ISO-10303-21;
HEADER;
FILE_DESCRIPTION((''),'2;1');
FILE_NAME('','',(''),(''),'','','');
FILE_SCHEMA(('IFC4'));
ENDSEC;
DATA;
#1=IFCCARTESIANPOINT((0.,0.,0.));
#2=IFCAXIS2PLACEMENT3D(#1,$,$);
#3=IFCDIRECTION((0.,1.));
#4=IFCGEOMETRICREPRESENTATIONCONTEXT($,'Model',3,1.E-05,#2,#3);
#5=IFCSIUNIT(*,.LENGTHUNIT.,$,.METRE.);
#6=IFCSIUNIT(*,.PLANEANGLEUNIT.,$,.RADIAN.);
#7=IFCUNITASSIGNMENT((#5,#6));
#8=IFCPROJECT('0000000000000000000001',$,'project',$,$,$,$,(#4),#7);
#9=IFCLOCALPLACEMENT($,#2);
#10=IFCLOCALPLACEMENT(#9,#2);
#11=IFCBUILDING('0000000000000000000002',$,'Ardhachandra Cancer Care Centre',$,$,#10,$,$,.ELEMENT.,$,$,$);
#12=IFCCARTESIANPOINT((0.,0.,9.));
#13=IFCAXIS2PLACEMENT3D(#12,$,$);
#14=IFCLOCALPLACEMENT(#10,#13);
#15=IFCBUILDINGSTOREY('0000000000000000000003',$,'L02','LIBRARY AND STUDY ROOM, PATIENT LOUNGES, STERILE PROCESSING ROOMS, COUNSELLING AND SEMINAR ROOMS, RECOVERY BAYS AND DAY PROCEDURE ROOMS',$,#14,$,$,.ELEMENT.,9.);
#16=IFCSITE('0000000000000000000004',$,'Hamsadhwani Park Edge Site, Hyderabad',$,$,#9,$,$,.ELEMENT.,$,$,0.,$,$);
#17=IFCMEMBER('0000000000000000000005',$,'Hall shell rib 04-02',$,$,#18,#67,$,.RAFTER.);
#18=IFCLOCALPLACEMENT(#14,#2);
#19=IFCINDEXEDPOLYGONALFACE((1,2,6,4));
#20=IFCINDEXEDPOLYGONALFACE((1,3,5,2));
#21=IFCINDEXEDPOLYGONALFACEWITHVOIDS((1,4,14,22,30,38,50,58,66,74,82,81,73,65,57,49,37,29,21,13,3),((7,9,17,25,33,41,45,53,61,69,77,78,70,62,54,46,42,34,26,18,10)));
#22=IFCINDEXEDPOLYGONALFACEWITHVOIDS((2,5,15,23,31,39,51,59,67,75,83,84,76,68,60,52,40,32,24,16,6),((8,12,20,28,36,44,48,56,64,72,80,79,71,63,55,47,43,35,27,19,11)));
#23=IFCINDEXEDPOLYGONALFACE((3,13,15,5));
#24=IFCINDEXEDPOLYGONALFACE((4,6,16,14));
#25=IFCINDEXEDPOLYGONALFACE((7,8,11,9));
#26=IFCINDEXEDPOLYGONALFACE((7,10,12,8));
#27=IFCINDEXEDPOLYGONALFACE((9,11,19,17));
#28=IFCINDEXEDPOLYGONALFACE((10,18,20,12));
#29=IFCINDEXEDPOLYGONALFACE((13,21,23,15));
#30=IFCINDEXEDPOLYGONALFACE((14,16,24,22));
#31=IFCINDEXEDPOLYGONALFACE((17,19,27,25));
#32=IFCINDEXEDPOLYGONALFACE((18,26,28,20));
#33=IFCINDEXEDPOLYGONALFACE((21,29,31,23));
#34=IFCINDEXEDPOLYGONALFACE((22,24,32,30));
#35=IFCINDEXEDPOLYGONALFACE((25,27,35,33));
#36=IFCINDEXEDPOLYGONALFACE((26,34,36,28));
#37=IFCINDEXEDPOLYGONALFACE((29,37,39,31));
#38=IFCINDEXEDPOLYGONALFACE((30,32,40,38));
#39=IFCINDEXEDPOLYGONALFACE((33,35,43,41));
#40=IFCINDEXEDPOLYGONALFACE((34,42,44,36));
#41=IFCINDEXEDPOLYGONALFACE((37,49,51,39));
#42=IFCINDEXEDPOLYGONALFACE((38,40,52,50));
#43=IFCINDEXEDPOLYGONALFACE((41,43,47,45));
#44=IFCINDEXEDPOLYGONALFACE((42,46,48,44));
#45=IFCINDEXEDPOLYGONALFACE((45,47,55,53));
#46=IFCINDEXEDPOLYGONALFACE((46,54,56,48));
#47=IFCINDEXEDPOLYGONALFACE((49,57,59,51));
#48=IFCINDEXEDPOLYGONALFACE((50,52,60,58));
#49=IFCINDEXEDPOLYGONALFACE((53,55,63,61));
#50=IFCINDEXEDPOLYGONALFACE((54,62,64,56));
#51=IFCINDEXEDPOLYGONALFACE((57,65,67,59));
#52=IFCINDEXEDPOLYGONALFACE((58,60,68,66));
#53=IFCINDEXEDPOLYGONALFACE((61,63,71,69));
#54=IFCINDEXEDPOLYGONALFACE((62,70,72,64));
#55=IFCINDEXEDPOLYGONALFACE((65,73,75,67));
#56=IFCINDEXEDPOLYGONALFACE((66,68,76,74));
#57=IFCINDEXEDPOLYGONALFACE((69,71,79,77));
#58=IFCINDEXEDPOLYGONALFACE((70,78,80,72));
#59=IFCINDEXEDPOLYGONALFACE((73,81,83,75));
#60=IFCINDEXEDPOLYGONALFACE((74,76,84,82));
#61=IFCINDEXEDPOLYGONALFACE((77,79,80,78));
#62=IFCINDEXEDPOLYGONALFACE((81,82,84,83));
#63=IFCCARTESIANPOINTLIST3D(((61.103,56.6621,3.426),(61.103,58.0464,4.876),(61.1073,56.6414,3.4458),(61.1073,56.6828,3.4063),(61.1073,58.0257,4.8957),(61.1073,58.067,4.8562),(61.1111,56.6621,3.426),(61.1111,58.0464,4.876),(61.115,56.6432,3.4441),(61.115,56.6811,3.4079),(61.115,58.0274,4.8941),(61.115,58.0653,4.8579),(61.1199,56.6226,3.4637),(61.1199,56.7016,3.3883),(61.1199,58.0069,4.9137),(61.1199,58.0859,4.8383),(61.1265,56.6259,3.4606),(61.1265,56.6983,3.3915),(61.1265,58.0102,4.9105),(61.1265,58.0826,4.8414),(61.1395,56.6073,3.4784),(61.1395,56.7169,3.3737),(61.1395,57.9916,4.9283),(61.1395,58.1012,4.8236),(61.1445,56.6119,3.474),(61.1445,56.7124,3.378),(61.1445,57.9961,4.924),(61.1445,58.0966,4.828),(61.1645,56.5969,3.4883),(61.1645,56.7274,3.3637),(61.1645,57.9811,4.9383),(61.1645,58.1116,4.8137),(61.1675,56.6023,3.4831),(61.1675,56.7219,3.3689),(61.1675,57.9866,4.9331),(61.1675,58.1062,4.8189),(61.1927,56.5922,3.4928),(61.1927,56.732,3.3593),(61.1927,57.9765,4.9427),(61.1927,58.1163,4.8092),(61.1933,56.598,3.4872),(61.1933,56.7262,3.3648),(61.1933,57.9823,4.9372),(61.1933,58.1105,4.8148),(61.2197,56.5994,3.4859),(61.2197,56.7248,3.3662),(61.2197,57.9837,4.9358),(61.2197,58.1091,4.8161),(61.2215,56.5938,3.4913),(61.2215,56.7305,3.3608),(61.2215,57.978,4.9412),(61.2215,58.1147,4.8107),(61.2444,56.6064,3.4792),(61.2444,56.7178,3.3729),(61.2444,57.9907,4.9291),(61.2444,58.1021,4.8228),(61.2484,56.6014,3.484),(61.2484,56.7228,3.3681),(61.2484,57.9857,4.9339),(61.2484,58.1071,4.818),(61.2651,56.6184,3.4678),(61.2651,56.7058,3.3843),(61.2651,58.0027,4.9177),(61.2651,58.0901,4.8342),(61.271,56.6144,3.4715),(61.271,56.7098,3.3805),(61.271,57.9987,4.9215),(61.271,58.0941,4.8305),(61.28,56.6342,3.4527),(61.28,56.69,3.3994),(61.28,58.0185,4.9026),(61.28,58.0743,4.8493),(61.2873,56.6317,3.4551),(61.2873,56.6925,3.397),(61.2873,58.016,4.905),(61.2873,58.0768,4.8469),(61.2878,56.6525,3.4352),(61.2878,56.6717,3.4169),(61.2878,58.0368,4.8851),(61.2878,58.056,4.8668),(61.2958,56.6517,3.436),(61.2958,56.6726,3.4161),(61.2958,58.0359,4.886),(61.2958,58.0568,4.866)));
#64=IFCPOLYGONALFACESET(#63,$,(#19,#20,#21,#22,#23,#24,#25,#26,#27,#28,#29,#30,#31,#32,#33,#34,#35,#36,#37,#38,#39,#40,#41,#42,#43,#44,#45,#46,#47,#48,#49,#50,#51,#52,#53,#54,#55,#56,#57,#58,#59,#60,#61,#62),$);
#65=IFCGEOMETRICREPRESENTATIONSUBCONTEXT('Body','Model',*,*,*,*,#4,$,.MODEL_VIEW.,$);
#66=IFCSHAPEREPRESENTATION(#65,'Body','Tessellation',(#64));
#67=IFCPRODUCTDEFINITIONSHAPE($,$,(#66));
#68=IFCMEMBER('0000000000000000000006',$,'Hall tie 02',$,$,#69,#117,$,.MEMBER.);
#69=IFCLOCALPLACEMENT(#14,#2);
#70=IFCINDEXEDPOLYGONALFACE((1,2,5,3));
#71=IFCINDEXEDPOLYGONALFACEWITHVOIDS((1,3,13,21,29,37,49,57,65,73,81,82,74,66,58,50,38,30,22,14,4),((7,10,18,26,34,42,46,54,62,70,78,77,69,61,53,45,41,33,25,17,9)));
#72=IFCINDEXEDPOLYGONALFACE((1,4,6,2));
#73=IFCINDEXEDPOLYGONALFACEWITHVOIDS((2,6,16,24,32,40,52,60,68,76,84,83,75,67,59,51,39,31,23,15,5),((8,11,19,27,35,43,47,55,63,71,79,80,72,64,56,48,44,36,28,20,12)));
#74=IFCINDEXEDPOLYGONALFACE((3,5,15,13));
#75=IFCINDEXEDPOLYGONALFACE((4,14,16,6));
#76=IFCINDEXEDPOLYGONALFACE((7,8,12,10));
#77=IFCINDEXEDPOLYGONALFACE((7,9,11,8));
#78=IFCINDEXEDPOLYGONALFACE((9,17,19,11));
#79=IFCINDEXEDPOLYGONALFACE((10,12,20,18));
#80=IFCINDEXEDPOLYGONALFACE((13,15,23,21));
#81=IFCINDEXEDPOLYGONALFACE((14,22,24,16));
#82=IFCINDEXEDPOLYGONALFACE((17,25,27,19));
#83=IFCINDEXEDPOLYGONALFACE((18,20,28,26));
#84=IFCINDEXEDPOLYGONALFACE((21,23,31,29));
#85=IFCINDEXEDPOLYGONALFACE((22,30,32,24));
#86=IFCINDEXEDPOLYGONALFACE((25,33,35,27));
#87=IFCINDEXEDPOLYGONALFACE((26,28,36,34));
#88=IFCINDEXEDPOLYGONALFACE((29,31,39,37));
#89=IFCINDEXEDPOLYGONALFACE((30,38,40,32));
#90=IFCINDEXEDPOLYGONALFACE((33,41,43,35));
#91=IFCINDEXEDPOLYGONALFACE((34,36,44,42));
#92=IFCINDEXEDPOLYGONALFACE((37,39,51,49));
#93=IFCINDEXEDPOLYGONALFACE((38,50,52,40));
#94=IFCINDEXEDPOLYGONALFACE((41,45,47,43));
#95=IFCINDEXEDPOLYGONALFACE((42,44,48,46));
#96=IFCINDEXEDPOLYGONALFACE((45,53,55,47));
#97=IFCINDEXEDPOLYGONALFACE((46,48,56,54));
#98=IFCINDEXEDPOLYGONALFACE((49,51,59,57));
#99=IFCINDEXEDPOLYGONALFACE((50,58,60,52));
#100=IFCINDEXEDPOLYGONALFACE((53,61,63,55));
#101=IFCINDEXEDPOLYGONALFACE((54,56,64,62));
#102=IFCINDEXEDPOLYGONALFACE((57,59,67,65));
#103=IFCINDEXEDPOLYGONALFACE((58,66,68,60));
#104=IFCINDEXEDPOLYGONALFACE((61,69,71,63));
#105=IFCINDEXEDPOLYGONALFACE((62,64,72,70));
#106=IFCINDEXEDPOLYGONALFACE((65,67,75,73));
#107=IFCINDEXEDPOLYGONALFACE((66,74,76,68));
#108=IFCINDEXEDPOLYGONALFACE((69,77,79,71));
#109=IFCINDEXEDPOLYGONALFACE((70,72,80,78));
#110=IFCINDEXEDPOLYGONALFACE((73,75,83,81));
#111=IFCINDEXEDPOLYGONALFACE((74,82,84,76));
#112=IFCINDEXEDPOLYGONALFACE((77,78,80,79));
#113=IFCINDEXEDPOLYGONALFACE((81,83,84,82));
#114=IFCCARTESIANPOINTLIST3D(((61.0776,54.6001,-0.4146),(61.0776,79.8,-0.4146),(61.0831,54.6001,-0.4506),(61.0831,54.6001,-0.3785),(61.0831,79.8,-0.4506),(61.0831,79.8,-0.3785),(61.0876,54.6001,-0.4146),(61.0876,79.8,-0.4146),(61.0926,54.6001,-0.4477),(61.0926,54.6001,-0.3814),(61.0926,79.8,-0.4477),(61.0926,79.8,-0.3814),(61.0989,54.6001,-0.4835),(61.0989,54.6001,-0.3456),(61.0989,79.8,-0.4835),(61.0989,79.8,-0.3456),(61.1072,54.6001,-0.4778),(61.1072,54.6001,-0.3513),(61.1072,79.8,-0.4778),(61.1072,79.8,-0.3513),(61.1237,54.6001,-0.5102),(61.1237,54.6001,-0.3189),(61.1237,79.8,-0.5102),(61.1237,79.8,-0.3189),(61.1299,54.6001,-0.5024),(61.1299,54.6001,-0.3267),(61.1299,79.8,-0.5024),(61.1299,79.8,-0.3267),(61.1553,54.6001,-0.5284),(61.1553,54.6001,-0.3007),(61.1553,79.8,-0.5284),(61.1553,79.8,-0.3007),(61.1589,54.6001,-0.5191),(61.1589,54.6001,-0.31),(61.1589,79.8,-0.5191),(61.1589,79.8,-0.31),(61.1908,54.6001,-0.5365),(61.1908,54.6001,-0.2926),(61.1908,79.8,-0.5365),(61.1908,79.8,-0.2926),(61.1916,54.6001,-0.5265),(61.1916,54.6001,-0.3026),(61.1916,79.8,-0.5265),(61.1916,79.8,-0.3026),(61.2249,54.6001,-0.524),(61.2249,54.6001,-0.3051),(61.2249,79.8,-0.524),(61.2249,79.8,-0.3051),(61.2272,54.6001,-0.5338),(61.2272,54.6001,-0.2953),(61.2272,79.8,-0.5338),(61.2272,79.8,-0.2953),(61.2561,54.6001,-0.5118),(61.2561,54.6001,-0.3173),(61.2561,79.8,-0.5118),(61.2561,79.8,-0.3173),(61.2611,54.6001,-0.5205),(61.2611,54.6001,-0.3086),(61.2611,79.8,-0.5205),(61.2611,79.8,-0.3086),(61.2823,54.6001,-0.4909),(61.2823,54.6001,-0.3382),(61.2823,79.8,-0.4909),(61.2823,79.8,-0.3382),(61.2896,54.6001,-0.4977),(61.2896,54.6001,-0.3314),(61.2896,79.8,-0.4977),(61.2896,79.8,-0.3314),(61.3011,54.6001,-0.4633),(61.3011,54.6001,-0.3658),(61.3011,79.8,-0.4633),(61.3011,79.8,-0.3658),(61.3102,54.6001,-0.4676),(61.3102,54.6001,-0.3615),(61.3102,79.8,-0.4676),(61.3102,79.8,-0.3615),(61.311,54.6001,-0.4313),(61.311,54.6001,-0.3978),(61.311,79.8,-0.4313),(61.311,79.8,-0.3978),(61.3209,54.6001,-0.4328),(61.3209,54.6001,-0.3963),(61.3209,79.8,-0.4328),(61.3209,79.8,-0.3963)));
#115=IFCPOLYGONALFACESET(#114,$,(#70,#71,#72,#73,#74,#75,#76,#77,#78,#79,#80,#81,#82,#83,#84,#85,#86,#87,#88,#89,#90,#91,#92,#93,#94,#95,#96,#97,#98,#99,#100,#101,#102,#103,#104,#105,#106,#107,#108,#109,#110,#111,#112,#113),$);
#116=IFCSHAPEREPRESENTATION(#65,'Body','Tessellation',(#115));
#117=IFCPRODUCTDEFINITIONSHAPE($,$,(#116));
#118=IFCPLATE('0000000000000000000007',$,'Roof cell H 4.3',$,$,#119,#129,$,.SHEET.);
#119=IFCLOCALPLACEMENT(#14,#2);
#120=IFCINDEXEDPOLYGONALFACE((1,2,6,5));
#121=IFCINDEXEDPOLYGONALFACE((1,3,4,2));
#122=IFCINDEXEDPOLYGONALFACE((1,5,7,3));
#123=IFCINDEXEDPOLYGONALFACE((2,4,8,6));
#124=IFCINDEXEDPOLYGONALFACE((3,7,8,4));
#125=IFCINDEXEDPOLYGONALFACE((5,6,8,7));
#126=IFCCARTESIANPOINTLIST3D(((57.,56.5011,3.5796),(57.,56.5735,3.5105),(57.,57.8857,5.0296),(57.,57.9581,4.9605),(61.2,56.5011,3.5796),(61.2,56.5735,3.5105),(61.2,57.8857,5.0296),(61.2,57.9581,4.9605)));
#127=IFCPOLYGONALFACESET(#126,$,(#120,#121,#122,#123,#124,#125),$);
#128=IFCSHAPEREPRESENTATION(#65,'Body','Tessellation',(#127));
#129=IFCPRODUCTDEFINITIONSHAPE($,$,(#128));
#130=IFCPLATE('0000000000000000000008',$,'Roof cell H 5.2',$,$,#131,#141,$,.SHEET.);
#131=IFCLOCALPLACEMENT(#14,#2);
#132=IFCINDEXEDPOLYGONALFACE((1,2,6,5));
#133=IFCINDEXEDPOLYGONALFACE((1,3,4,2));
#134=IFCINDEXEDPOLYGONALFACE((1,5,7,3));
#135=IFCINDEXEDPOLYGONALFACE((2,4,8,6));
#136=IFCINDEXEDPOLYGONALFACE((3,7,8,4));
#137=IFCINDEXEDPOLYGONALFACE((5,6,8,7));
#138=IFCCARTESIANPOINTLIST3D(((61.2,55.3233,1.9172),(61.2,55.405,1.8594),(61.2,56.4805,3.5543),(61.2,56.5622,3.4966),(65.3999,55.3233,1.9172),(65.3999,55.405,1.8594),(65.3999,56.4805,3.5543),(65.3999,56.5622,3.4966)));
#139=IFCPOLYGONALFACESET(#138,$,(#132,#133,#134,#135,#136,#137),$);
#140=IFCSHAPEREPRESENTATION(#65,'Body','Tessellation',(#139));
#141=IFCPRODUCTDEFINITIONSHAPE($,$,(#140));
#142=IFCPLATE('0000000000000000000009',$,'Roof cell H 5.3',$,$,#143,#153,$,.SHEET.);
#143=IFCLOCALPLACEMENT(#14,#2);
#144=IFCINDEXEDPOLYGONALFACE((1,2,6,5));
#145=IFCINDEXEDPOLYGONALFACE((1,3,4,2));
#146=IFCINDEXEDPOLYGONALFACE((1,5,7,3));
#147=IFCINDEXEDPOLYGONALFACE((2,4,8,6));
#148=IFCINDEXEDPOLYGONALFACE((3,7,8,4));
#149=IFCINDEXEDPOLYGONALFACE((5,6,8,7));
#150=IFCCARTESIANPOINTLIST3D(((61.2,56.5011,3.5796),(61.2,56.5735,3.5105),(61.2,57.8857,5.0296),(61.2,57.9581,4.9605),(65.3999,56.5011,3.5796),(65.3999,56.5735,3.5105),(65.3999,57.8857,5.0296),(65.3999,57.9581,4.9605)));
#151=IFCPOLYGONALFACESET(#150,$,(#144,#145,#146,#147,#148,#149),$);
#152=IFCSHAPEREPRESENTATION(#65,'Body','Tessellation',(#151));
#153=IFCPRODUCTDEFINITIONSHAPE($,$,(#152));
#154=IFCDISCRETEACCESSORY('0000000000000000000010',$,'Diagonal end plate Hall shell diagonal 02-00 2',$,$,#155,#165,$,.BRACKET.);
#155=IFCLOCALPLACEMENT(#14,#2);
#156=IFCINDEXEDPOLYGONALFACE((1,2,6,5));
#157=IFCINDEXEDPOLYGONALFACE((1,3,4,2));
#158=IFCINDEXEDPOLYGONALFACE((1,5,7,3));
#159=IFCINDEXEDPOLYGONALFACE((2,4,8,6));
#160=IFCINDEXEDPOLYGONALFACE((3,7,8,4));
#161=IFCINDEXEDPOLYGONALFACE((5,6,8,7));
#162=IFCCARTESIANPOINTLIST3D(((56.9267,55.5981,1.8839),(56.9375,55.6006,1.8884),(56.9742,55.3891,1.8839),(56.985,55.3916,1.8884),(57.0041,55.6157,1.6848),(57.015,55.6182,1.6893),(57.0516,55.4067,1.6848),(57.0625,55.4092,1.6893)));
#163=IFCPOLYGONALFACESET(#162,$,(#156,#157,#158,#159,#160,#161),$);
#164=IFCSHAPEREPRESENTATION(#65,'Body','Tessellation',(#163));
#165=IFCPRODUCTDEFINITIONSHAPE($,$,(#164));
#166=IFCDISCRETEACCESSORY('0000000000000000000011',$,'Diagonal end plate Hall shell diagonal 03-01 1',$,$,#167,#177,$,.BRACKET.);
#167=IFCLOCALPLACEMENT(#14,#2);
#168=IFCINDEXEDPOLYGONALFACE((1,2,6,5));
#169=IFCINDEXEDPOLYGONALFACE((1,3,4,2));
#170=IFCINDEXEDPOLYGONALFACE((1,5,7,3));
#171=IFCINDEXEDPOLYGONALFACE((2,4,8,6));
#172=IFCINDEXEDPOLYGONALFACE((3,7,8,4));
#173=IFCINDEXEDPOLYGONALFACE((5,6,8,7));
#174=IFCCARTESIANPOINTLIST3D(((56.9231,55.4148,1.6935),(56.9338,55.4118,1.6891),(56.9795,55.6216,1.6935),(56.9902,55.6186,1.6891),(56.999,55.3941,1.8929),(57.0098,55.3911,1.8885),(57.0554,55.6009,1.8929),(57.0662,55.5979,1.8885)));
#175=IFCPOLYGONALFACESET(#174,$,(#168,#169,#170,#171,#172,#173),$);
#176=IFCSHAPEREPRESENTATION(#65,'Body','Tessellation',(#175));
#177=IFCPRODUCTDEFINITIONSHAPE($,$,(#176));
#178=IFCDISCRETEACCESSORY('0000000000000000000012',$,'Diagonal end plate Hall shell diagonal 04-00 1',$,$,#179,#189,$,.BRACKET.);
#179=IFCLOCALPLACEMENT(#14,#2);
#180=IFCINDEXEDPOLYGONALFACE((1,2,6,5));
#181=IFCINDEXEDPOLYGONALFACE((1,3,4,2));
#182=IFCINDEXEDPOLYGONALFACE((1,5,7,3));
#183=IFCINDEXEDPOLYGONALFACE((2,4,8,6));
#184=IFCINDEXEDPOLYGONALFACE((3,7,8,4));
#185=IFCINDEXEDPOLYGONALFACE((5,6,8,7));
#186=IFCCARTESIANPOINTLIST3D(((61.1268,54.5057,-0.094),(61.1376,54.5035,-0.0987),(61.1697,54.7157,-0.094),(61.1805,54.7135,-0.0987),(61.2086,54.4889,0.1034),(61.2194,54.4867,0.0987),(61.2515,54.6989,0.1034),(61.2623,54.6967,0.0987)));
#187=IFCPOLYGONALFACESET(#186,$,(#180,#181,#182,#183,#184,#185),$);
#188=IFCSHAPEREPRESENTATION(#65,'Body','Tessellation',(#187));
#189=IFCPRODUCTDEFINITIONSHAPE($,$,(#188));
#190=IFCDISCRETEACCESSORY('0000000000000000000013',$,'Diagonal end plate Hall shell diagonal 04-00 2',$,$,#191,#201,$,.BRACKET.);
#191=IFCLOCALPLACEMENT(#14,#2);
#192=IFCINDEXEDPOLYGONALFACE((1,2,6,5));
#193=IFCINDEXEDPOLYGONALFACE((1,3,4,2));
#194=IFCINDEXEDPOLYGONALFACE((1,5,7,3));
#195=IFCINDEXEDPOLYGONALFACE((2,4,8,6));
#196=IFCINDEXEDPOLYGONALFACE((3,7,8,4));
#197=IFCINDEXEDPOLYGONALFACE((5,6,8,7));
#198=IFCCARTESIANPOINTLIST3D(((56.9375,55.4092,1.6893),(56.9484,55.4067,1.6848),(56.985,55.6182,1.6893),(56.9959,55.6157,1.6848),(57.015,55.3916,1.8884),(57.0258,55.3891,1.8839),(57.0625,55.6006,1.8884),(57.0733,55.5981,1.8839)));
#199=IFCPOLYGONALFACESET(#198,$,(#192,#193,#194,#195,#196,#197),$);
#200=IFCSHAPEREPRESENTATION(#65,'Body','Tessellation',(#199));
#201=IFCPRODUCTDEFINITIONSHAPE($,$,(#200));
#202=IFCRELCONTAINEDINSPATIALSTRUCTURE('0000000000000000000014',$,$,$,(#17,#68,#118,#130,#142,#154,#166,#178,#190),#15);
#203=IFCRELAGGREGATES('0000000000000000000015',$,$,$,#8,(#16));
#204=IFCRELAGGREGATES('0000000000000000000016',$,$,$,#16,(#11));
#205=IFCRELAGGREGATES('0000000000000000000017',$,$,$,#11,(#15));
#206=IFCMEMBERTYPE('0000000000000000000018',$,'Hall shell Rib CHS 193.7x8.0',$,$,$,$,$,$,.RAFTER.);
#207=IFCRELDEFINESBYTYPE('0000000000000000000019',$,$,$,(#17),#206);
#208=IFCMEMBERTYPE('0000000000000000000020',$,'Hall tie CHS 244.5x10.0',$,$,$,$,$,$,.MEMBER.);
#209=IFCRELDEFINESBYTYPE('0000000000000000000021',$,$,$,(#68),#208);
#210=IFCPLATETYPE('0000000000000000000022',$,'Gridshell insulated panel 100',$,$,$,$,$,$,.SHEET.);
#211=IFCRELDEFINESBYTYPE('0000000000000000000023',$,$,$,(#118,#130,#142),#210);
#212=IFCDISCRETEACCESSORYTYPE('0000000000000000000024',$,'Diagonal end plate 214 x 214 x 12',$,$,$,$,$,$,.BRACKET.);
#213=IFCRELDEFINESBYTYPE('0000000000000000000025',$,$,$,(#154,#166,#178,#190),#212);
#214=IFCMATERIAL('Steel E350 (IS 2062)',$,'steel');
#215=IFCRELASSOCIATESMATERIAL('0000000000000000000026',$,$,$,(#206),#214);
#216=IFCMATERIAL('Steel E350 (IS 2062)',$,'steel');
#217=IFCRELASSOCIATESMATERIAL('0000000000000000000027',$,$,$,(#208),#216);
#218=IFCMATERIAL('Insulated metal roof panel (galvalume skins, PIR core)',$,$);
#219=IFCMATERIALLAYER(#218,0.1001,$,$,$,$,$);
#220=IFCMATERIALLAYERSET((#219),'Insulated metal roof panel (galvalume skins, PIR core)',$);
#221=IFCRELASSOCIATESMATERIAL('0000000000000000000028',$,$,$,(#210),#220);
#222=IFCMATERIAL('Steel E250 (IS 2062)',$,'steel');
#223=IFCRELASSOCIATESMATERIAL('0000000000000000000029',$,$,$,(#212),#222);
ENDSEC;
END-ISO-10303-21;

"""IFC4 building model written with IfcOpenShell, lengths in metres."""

from ifc_helpers import new_model, si_unit, direction, frame, origin, origin_2d, place, context, subcontext, project, spatial, polyline, rectangle, hollow_circle, outline, extrude, material, layer, layer_set, material_profile, profile_set, type_object, element, save


model = new_model("IFC4")

# Units and contexts
model_context = context("Model", 3, precision=1e-05, world=origin(), true_north=direction((0.0, 1.0)))
body_context = subcontext(model_context, "Body", "Model", "MODEL_VIEW")
ifc_project = project(units=[si_unit("LENGTHUNIT", "METRE"), si_unit("PLANEANGLEUNIT", "RADIAN")], contexts=[model_context])

# Site, building, storey
site_placement = place(None, origin())
site = spatial("IfcSite", under=ifc_project, at=site_placement, Name="Hamsadhwani Park Edge Site, Hyderabad", CompositionType="ELEMENT", RefElevation=0.0)
building_placement = place(site_placement, origin())
building = spatial("IfcBuilding", under=site, at=building_placement, Name="Ardhachandra Cancer Care Centre", CompositionType="ELEMENT")
storey_placement = place(building_placement, frame((0.0, 0.0, 9.0)))
storey = spatial("IfcBuildingStorey", under=building, at=storey_placement, Name="L02", Description="LIBRARY AND STUDY ROOM, PATIENT LOUNGES, STERILE PROCESSING ROOMS, COUNSELLING AND SEMINAR ROOMS, RECOVERY BAYS AND DAY PROCEDURE ROOMS", CompositionType="ELEMENT", Elevation=9.0)

# Members
ifc_material_1 = material(Name="Steel E350 (IS 2062)", Category="steel")
ifc_material_profile_1 = material_profile(ifc_material_1, hollow_circle(Radius=0.0969, WallThickness=0.0081, at=origin_2d()), Name="CHS 193.7x8.0")
ifc_profile_set_1 = profile_set([ifc_material_profile_1], Name="Steel E350 (IS 2062)")
member_type_1 = type_object("IfcMemberType", Name="Hall shell Rib CHS 193.7x8.0", PredefinedType="RAFTER", material=ifc_profile_set_1)
member_1_placement = place(storey_placement, frame((61.2, 56.6621, 3.426), z_axis=(0.0, 0.690537, 0.723297), x_axis=(-1.0, 0.0, 0.0)))
element("IfcMember", 1, at=member_1_placement, inside=storey, type_object=member_type_1, Name="Hall shell rib 04-02", PredefinedType="RAFTER", context=body_context, shape_type="SweptSolid", body=[
    extrude(hollow_circle(Radius=0.0969, WallThickness=0.0081, at=origin_2d()), origin(), (0.0, 0.0, 1.0), 2.0046),
])
ifc_material_2 = material(Name="Steel E350 (IS 2062)", Category="steel")
ifc_material_profile_2 = material_profile(ifc_material_2, hollow_circle(Radius=0.1223, WallThickness=0.01, at=origin_2d()), Name="CHS 244.5x10.0")
ifc_profile_set_2 = profile_set([ifc_material_profile_2], Name="Steel E350 (IS 2062)")
member_type_2 = type_object("IfcMemberType", Name="Hall tie CHS 244.5x10.0", PredefinedType="MEMBER", material=ifc_profile_set_2)
member_2_placement = place(storey_placement, frame((61.2, 54.6001, -0.4146), z_axis=(0.0, 1.0, 0.0), x_axis=(-1.0, 0.0, 0.0)))
element("IfcMember", 2, at=member_2_placement, inside=storey, type_object=member_type_2, Name="Hall tie 02", PredefinedType="MEMBER", context=body_context, shape_type="SweptSolid", body=[
    extrude(hollow_circle(Radius=0.1223, WallThickness=0.01, at=origin_2d()), origin(), (0.0, 0.0, 1.0), 25.2),
])

# Plates
ifc_material_3 = material(Name="Insulated metal roof panel (galvalume skins, PIR core)")
ifc_layer = layer(ifc_material_3, 0.1001)
ifc_layer_set = layer_set([ifc_layer], Name="Insulated metal roof panel (galvalume skins, PIR core)")
plate_type = type_object("IfcPlateType", Name="Gridshell insulated panel 100", PredefinedType="SHEET", material=ifc_layer_set)
for number, where, z_axis, x_axis, name in (
    (3, (57.0, 56.5735, 3.5105), (0.0, -0.723237, 0.6906), (1.0, 0.0, 0.0), "Roof cell H 4.3"),
    (4, (61.2, 55.405, 1.8594), (0.0, -0.816603, 0.577199), (1.0, 0.0, 0.0), "Roof cell H 5.2"),
    (5, (61.2, 56.5735, 3.5105), (0.0, -0.723237, 0.6906), (1.0, 0.0, 0.0), "Roof cell H 5.3"),
):
    element("IfcPlate", number, at=place(storey_placement, frame(where, z_axis=z_axis, x_axis=x_axis)), inside=storey, type_object=plate_type, Name=name, PredefinedType="SHEET", context=body_context, shape_type="SweptSolid", body=[
        extrude(outline(polyline([(0.0, 0.0), (4.2, 0.0), (4.2, 2.0049), (0.0, 2.0049), (0.0, 0.0)])), origin(), (0.0, 0.0, 1.0), 0.1001),
    ])

# Discrete accessories
ifc_material_4 = material(Name="Steel E250 (IS 2062)", Category="steel")
ifc_material_profile_3 = material_profile(ifc_material_4, rectangle(XDim=0.2144, YDim=0.2144, at=origin_2d()), Name="PL 214x214x12")
ifc_profile_set_3 = profile_set([ifc_material_profile_3], Name="Steel E250 (IS 2062)")
discrete_accessory_type = type_object("IfcDiscreteAccessoryType", Name="Diagonal end plate 214 x 214 x 12", PredefinedType="BRACKET", material=ifc_profile_set_3)
for number, where, z_axis, x_axis, name in (
    (6, (57.0, 55.5049, 1.7888), (-0.905726, -0.205847, -0.370524), (0.221621, -0.975133, 0.0), "Diagonal end plate Hall shell diagonal 02-00 2"),
    (7, (57.0, 55.5049, 1.7888), (-0.897399, 0.244745, 0.367118), (-0.263117, -0.964764, 0.0), "Diagonal end plate Hall shell diagonal 03-01 1"),
    (8, (61.2, 54.6001, 0.0), (-0.902291, 0.18456, 0.389626), (-0.200396, -0.979715, 0.0), "Diagonal end plate Hall shell diagonal 04-00 1"),
    (9, (57.0, 55.5049, 1.7888), (0.905726, -0.205847, -0.370524), (0.221621, 0.975133, 0.0), "Diagonal end plate Hall shell diagonal 04-00 2"),
):
    element("IfcDiscreteAccessory", number, at=place(storey_placement, frame(where, z_axis=z_axis, x_axis=x_axis)), inside=storey, type_object=discrete_accessory_type, Name=name, PredefinedType="BRACKET", context=body_context, shape_type="SweptSolid", body=[
        extrude(rectangle(XDim=0.2144, YDim=0.2144, at=origin_2d()), origin(), (0.0, 0.0, 1.0), 0.012),
    ])

save(model, "model.ifc")
